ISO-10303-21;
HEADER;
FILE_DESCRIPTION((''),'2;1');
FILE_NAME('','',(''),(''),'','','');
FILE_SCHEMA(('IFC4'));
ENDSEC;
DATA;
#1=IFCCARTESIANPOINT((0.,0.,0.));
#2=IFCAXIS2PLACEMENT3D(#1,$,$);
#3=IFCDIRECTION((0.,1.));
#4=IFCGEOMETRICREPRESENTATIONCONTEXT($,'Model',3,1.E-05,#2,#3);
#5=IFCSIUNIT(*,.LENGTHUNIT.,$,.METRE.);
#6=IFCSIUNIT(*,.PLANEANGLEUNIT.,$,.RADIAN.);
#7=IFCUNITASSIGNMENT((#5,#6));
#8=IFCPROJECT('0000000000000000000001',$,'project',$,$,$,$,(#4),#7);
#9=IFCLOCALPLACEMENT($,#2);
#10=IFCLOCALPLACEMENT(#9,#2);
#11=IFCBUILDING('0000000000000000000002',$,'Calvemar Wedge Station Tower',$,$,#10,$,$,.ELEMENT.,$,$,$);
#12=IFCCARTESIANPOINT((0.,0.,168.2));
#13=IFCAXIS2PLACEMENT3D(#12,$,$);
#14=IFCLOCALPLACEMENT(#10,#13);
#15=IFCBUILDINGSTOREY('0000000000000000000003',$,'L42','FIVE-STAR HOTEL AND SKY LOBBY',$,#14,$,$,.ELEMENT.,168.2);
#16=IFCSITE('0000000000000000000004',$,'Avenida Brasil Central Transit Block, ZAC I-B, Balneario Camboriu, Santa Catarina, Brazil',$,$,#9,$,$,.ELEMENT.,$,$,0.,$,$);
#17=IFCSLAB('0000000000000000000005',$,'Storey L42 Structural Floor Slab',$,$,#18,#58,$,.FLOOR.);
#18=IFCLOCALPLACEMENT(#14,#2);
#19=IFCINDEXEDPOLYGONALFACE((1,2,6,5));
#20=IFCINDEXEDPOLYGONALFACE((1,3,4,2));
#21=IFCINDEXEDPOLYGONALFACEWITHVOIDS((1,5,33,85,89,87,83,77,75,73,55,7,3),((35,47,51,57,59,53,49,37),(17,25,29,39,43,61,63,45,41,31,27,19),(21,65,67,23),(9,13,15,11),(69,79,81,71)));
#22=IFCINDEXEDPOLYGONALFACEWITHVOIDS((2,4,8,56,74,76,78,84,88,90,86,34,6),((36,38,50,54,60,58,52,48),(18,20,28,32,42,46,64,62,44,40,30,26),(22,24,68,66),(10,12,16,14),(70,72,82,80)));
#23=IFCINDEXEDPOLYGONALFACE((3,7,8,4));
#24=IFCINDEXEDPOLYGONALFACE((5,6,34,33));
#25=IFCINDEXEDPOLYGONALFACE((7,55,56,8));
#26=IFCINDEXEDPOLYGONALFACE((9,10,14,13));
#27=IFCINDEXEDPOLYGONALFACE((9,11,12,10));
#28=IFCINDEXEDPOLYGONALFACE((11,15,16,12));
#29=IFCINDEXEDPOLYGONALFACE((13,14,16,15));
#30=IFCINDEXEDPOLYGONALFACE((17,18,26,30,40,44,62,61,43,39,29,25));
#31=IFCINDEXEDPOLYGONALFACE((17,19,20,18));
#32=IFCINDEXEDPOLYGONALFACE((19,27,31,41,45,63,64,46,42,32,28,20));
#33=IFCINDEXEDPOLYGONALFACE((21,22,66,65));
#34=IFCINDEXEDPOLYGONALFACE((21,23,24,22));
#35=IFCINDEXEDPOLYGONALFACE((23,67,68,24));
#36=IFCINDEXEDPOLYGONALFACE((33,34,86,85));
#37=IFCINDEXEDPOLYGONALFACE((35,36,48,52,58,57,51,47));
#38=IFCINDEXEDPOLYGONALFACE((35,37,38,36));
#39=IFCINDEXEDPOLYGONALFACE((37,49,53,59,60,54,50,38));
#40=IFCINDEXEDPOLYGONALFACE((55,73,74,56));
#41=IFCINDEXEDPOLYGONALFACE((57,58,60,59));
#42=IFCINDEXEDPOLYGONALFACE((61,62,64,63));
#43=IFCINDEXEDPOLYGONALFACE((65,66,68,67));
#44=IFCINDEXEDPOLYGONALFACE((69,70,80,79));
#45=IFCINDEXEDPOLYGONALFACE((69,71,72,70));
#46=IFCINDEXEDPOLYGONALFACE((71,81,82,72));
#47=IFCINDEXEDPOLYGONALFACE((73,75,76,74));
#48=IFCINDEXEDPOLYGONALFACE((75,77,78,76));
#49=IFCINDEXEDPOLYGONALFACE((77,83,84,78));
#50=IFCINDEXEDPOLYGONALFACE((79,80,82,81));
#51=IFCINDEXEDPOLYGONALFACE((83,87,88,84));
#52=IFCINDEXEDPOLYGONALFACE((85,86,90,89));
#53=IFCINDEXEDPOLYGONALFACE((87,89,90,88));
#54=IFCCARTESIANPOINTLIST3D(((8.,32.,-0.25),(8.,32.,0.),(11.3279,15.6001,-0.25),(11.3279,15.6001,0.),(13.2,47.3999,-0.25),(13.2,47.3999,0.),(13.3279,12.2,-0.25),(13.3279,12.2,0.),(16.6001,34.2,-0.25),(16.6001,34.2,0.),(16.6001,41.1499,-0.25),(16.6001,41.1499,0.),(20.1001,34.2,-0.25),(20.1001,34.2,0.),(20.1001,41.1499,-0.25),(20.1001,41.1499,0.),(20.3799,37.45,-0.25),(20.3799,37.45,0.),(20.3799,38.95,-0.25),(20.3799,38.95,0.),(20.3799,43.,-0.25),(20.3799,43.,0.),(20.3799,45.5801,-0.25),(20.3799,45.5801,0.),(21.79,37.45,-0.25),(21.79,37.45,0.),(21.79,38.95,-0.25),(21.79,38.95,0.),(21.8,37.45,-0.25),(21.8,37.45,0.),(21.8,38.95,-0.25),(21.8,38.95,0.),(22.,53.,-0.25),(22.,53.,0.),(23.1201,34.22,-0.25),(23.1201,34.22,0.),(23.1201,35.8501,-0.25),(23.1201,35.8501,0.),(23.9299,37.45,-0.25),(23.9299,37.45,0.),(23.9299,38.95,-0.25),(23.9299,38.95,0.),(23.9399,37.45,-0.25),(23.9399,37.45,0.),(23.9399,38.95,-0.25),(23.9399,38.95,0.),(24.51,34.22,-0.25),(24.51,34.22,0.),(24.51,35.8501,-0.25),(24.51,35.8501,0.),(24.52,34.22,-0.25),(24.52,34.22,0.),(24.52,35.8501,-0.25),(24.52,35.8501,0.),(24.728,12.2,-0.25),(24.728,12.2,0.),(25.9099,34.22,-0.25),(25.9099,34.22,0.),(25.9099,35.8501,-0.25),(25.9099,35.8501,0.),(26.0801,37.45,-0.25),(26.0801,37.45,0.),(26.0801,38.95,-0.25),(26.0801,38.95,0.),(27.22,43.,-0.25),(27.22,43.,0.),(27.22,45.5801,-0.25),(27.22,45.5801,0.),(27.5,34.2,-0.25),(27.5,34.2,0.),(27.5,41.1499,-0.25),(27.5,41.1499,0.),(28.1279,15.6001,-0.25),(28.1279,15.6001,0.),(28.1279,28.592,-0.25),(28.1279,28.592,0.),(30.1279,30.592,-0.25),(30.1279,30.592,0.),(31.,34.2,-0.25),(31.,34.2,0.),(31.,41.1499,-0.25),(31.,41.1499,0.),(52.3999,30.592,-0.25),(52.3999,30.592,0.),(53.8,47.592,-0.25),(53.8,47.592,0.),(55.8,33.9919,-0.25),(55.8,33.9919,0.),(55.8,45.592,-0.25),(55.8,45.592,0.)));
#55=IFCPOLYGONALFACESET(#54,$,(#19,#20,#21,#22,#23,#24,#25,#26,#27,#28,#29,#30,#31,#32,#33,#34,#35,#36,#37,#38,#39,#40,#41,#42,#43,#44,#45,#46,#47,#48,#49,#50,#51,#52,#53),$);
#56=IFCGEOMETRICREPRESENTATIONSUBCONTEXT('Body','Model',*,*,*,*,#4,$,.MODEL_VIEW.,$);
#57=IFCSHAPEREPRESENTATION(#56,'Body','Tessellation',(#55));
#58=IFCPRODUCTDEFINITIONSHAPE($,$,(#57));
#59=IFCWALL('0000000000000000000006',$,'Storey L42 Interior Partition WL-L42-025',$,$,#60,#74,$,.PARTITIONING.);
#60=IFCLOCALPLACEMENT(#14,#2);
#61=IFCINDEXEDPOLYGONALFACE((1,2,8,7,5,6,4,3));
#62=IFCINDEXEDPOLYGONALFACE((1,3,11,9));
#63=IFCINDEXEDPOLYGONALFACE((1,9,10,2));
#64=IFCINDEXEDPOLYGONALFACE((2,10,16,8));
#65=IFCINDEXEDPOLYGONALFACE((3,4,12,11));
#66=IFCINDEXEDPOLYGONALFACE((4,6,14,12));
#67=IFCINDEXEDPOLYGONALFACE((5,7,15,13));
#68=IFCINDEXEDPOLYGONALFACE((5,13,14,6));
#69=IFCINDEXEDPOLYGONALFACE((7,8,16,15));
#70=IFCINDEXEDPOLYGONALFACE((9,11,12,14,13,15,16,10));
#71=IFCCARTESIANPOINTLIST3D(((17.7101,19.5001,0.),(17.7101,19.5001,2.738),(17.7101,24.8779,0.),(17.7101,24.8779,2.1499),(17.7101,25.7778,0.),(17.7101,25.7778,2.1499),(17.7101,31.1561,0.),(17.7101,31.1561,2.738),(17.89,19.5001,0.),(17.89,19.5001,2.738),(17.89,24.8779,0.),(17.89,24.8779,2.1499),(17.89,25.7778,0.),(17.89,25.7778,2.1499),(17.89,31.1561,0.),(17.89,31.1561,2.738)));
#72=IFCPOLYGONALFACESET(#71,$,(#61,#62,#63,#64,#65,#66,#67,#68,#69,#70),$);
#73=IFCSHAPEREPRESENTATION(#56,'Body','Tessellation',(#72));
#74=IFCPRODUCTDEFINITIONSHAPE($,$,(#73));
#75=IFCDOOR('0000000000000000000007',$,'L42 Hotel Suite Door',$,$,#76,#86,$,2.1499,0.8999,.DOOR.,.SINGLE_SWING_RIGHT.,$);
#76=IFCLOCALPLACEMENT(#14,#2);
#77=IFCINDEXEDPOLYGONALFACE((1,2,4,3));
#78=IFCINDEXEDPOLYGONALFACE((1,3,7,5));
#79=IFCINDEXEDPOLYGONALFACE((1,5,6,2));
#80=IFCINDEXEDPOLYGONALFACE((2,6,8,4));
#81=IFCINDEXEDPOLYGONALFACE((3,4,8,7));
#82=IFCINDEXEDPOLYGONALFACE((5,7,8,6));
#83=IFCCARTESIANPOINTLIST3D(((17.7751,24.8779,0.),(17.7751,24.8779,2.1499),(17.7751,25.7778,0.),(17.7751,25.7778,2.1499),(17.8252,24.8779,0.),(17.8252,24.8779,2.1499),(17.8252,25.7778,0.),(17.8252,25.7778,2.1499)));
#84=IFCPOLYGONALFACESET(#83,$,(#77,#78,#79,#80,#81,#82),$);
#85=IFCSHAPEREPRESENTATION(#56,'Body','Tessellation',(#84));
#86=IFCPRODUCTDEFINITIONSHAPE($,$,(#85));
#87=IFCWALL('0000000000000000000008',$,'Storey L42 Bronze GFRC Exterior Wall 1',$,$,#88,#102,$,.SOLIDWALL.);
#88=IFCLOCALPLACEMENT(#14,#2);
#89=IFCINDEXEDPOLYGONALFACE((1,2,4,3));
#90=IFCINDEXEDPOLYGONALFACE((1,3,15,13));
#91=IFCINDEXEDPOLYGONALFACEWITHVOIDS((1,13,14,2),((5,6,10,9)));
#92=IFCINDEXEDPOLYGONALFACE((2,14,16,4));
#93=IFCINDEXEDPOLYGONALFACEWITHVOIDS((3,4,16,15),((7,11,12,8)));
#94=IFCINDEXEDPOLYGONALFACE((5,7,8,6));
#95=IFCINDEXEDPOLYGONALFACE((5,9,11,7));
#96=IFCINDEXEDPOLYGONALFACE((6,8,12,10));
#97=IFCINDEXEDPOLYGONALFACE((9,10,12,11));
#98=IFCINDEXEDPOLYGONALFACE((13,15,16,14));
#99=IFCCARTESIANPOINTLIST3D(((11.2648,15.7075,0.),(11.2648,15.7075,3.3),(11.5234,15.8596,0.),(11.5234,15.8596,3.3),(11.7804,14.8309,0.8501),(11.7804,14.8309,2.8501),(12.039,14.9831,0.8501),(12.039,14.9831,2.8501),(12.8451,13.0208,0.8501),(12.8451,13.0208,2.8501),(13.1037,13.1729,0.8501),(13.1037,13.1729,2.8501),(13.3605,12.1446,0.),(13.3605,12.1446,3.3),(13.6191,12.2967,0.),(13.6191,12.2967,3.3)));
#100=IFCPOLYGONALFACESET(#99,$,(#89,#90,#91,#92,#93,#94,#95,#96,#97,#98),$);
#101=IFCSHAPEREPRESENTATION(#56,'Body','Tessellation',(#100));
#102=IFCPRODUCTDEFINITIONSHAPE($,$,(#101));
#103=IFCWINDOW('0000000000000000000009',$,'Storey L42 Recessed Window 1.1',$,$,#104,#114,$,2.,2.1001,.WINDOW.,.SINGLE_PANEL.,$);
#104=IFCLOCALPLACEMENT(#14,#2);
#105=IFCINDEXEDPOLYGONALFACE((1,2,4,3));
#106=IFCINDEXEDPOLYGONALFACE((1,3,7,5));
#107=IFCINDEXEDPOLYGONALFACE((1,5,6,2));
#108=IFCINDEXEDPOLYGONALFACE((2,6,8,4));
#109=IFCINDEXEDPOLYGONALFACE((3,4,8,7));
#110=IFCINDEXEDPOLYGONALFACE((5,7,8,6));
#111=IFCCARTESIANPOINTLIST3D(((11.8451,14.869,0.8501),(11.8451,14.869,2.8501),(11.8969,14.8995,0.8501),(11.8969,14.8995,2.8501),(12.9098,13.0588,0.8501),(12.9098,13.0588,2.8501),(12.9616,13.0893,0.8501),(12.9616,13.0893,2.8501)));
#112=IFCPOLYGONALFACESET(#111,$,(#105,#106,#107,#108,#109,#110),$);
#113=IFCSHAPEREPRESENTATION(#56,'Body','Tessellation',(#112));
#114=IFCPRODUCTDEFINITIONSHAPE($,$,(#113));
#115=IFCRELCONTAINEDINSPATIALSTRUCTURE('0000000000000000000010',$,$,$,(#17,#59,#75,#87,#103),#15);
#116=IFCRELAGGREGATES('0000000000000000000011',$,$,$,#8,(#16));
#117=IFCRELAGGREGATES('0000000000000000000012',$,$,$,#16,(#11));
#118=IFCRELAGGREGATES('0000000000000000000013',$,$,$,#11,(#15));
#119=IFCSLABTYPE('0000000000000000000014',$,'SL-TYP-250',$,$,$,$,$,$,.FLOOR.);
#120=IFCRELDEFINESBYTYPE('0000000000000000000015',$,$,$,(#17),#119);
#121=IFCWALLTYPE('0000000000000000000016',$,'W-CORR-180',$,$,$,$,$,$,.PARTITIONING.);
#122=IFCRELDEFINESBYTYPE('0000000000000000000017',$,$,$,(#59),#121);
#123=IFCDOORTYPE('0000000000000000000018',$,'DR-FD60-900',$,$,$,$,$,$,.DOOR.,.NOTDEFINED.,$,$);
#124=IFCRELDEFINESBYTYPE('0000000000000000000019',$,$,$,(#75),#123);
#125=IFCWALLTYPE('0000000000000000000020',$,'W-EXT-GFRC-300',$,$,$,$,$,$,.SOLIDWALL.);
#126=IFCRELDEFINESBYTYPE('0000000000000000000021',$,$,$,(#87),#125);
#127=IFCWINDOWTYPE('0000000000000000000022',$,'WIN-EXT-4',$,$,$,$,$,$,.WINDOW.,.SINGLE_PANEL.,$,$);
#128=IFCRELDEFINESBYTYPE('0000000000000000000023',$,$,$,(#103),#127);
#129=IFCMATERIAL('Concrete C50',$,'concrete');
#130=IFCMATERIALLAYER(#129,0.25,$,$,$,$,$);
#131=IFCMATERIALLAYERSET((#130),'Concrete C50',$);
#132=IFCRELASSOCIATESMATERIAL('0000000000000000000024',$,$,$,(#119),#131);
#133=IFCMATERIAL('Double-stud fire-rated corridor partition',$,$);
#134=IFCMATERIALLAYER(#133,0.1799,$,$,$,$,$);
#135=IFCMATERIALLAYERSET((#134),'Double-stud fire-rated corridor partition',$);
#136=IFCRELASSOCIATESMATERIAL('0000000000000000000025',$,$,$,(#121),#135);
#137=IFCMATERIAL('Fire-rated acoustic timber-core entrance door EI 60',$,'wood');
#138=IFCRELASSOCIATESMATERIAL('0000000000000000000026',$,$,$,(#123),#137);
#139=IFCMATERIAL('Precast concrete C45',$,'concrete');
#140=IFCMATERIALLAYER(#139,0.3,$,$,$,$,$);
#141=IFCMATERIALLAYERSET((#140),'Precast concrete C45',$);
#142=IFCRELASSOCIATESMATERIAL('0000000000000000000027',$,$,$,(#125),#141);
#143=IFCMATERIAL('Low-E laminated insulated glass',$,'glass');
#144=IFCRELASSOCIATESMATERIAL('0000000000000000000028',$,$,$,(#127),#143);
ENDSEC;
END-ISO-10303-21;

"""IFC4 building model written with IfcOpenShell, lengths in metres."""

from ifc_helpers import new_model, si_unit, direction, frame, frame_2d, origin, place, context, subcontext, project, spatial, polyline, rectangle, outline, extrude, source, transform, mapped, material, layer, layer_set, type_object, element, fill, save


model = new_model("IFC4")

# Units and contexts
model_context = context("Model", 3, precision=1e-05, world=origin(), true_north=direction((0.0, 1.0)))
body_context = subcontext(model_context, "Body", "Model", "MODEL_VIEW")
ifc_project = project(units=[si_unit("LENGTHUNIT", "METRE"), si_unit("PLANEANGLEUNIT", "RADIAN")], contexts=[model_context])

# Site, building, storey
site_placement = place(None, origin())
site = spatial("IfcSite", under=ifc_project, at=site_placement, Name="Avenida Brasil Central Transit Block, ZAC I-B, Balneario Camboriu, Santa Catarina, Brazil", CompositionType="ELEMENT", RefElevation=0.0)
building_placement = place(site_placement, origin())
building = spatial("IfcBuilding", under=site, at=building_placement, Name="Calvemar Wedge Station Tower", CompositionType="ELEMENT")
storey_placement = place(building_placement, frame((0.0, 0.0, 168.2)))
storey = spatial("IfcBuildingStorey", under=building, at=storey_placement, Name="L42", Description="FIVE-STAR HOTEL AND SKY LOBBY", CompositionType="ELEMENT", Elevation=168.2)

# Shared definitions
ifc_material_1 = material(Name="Concrete C50", Category="concrete")

# Slab
ifc_layer_1 = layer(ifc_material_1, 0.25)
ifc_layer_set_1 = layer_set([ifc_layer_1], Name="Concrete C50")
slab_type_1 = type_object("IfcSlabType", Name="SL-TYP-250", PredefinedType="FLOOR", material=ifc_layer_set_1)
slab_1_placement = place(storey_placement, frame((0.0, 0.0, -0.25)))
element("IfcSlab", 1, at=slab_1_placement, inside=storey, type_object=slab_type_1, Name="Storey L42 Structural Floor Slab", PredefinedType="FLOOR", context=body_context, shape_type="SweptSolid", body=[
    extrude(outline(polyline([(8.0, 32.0), (11.3279, 15.6001), (13.3279, 12.2), (24.728, 12.2), (28.1279, 15.6001), (28.1279, 28.592), (30.1279, 30.592), (52.3999, 30.592), (55.8, 33.9919), (55.8, 45.592), (53.8, 47.592), (22.0, 53.0), (13.2, 47.3999), (8.0, 32.0)]), holes=[polyline([(24.52, 35.8501), (24.51, 35.8501), (23.1201, 35.8501), (23.1201, 34.22), (24.51, 34.22), (24.52, 34.22), (25.9099, 34.22), (25.9099, 35.8501), (24.52, 35.8501)]), polyline([(16.6001, 34.2), (20.1001, 34.2), (20.1001, 41.1499), (16.6001, 41.1499), (16.6001, 34.2)]), polyline([(27.5, 34.2), (31.0, 34.2), (31.0, 41.1499), (27.5, 41.1499), (27.5, 34.2)]), polyline([(21.8, 38.95), (21.79, 38.95), (20.3799, 38.95), (20.3799, 37.45), (21.79, 37.45), (21.8, 37.45), (23.9299, 37.45), (23.9399, 37.45), (26.0801, 37.45), (26.0801, 38.95), (23.9399, 38.95), (23.9299, 38.95), (21.8, 38.95)]), polyline([(27.22, 43.0), (27.22, 45.5801), (20.3799, 45.5801), (20.3799, 43.0), (27.22, 43.0)])]), origin(), (0.0, 0.0, 1.0), 0.25),
])

# Wall, opening, door
ifc_material_2 = material(Name="Double-stud fire-rated corridor partition")
ifc_layer_2 = layer(ifc_material_2, 0.1799)
ifc_layer_set_2 = layer_set([ifc_layer_2], Name="Double-stud fire-rated corridor partition")
wall_type_1 = type_object("IfcWallType", Name="W-CORR-180", PredefinedType="PARTITIONING", material=ifc_layer_set_2)
wall_1_placement = place(storey_placement, frame((17.8, 19.5, 0.0), z_axis=(0.0, 0.0, 1.0), x_axis=(0.0, 1.0, 0.0)))
wall_1 = element("IfcWall", 2, at=wall_1_placement, inside=storey, type_object=wall_type_1, Name="Storey L42 Interior Partition WL-L42-025", PredefinedType="PARTITIONING", context=body_context, shape_type="SweptSolid", body=[
    extrude(rectangle(XDim=11.656, YDim=0.1799, at=frame_2d((5.8281, 0.0))), origin(), (0.0, 0.0, 1.0), 2.738),
])
shared_shape_1 = source(origin(), body_context, "Body", "SweptSolid", [
    extrude(rectangle(XDim=0.8999, YDim=2.1499, at=frame_2d((0.45, 1.075))), frame((0.0, 0.1001, 0.0), z_axis=(0.0, -1.0, 0.0), x_axis=(1.0, 0.0, 0.0)), (0.0, 0.0, 1.0), 0.2),
])
opening_1_placement = place(wall_1_placement, frame((5.3779, 0.0, 0.0)))
opening_1 = element("IfcOpeningElement", 3, at=opening_1_placement, cuts=wall_1, PredefinedType="OPENING", context=body_context, shape_type="MappedRepresentation", body=[
    mapped(shared_shape_1, transform((0.0, 0.0, 0.0), scale=1.0)),
])
ifc_material_3 = material(Name="Fire-rated acoustic timber-core entrance door EI 60", Category="wood")
door_type_1 = type_object("IfcDoorType", Name="DR-FD60-900", OperationType="NOTDEFINED", PredefinedType="DOOR", material=ifc_material_3)
shared_shape_2 = source(origin(), body_context, "Body", "SweptSolid", [
    extrude(rectangle(XDim=0.8999, YDim=2.1499, at=frame_2d((0.45, 1.075))), frame((0.0, 0.0249, 0.0), z_axis=(0.0, -1.0, 0.0), x_axis=(1.0, 0.0, 0.0)), (0.0, 0.0, 1.0), 0.05),
])
door_1_placement = place(opening_1_placement, origin())
door_1 = element("IfcDoor", 4, at=door_1_placement, inside=storey, type_object=door_type_1, Name="L42 Hotel Suite Door", OperationType="SINGLE_SWING_RIGHT", OverallHeight=2.1499, OverallWidth=0.8999, PredefinedType="DOOR", context=body_context, shape_type="MappedRepresentation", body=[
    mapped(shared_shape_2, transform((0.0, 0.0, 0.0), scale=1.0)),
])
fill(opening_1, door_1)

# Wall, opening, window
ifc_material_4 = material(Name="Precast concrete C45", Category="concrete")
ifc_layer_3 = layer(ifc_material_4, 0.3)
ifc_layer_set_3 = layer_set([ifc_layer_3], Name="Precast concrete C45")
wall_type_2 = type_object("IfcWallType", Name="W-EXT-GFRC-300", PredefinedType="SOLIDWALL", material=ifc_layer_set_3)
wall_2_placement = place(storey_placement, frame((11.394, 15.7837, 0.0), z_axis=(0.0, 0.0, 1.0), x_axis=(0.506989, -0.861952, 0.0)))
wall_2 = element("IfcWall", 5, at=wall_2_placement, inside=storey, type_object=wall_type_2, Name="Storey L42 Bronze GFRC Exterior Wall 1", PredefinedType="SOLIDWALL", context=body_context, shape_type="SweptSolid", body=[
    extrude(rectangle(XDim=4.1335, YDim=0.3, at=frame_2d((2.0669, 0.0))), origin(), (0.0, 0.0, 1.0), 3.3),
])
shared_shape_3 = source(origin(), body_context, "Body", "SweptSolid", [
    extrude(rectangle(XDim=2.1001, YDim=2.0, at=frame_2d((1.05, 1.0))), frame((0.0, 0.1602, 0.0), z_axis=(0.0, -1.0, 0.0), x_axis=(1.0, 0.0, 0.0)), (0.0, 0.0, 1.0), 0.3201),
])
opening_2_placement = place(wall_2_placement, frame((1.0171, 0.0, 0.8501)))
opening_2 = element("IfcOpeningElement", 6, at=opening_2_placement, cuts=wall_2, PredefinedType="OPENING", context=body_context, shape_type="MappedRepresentation", body=[
    mapped(shared_shape_3, transform((0.0, 0.0, 0.0), scale=1.0)),
])
ifc_material_5 = material(Name="Low-E laminated insulated glass", Category="glass")
window_type_1 = type_object("IfcWindowType", Name="WIN-EXT-4", PartitioningType="SINGLE_PANEL", PredefinedType="WINDOW", material=ifc_material_5)
shared_shape_4 = source(origin(), body_context, "Body", "SweptSolid", [
    extrude(rectangle(XDim=2.1001, YDim=2.0, at=frame_2d((1.05, 1.0))), frame((0.0, -0.0149, 0.0), z_axis=(0.0, -1.0, 0.0), x_axis=(1.0, 0.0, 0.0)), (0.0, 0.0, 1.0), 0.0601),
])
window_1_placement = place(opening_2_placement, origin())
window_1 = element("IfcWindow", 7, at=window_1_placement, inside=storey, type_object=window_type_1, Name="Storey L42 Recessed Window 1.1", OverallHeight=2.0, OverallWidth=2.1001, PartitioningType="SINGLE_PANEL", PredefinedType="WINDOW", context=body_context, shape_type="MappedRepresentation", body=[
    mapped(shared_shape_4, transform((0.0, 0.0, 0.0), scale=1.0)),
])
fill(opening_2, window_1)

save(model, "model.ifc")
